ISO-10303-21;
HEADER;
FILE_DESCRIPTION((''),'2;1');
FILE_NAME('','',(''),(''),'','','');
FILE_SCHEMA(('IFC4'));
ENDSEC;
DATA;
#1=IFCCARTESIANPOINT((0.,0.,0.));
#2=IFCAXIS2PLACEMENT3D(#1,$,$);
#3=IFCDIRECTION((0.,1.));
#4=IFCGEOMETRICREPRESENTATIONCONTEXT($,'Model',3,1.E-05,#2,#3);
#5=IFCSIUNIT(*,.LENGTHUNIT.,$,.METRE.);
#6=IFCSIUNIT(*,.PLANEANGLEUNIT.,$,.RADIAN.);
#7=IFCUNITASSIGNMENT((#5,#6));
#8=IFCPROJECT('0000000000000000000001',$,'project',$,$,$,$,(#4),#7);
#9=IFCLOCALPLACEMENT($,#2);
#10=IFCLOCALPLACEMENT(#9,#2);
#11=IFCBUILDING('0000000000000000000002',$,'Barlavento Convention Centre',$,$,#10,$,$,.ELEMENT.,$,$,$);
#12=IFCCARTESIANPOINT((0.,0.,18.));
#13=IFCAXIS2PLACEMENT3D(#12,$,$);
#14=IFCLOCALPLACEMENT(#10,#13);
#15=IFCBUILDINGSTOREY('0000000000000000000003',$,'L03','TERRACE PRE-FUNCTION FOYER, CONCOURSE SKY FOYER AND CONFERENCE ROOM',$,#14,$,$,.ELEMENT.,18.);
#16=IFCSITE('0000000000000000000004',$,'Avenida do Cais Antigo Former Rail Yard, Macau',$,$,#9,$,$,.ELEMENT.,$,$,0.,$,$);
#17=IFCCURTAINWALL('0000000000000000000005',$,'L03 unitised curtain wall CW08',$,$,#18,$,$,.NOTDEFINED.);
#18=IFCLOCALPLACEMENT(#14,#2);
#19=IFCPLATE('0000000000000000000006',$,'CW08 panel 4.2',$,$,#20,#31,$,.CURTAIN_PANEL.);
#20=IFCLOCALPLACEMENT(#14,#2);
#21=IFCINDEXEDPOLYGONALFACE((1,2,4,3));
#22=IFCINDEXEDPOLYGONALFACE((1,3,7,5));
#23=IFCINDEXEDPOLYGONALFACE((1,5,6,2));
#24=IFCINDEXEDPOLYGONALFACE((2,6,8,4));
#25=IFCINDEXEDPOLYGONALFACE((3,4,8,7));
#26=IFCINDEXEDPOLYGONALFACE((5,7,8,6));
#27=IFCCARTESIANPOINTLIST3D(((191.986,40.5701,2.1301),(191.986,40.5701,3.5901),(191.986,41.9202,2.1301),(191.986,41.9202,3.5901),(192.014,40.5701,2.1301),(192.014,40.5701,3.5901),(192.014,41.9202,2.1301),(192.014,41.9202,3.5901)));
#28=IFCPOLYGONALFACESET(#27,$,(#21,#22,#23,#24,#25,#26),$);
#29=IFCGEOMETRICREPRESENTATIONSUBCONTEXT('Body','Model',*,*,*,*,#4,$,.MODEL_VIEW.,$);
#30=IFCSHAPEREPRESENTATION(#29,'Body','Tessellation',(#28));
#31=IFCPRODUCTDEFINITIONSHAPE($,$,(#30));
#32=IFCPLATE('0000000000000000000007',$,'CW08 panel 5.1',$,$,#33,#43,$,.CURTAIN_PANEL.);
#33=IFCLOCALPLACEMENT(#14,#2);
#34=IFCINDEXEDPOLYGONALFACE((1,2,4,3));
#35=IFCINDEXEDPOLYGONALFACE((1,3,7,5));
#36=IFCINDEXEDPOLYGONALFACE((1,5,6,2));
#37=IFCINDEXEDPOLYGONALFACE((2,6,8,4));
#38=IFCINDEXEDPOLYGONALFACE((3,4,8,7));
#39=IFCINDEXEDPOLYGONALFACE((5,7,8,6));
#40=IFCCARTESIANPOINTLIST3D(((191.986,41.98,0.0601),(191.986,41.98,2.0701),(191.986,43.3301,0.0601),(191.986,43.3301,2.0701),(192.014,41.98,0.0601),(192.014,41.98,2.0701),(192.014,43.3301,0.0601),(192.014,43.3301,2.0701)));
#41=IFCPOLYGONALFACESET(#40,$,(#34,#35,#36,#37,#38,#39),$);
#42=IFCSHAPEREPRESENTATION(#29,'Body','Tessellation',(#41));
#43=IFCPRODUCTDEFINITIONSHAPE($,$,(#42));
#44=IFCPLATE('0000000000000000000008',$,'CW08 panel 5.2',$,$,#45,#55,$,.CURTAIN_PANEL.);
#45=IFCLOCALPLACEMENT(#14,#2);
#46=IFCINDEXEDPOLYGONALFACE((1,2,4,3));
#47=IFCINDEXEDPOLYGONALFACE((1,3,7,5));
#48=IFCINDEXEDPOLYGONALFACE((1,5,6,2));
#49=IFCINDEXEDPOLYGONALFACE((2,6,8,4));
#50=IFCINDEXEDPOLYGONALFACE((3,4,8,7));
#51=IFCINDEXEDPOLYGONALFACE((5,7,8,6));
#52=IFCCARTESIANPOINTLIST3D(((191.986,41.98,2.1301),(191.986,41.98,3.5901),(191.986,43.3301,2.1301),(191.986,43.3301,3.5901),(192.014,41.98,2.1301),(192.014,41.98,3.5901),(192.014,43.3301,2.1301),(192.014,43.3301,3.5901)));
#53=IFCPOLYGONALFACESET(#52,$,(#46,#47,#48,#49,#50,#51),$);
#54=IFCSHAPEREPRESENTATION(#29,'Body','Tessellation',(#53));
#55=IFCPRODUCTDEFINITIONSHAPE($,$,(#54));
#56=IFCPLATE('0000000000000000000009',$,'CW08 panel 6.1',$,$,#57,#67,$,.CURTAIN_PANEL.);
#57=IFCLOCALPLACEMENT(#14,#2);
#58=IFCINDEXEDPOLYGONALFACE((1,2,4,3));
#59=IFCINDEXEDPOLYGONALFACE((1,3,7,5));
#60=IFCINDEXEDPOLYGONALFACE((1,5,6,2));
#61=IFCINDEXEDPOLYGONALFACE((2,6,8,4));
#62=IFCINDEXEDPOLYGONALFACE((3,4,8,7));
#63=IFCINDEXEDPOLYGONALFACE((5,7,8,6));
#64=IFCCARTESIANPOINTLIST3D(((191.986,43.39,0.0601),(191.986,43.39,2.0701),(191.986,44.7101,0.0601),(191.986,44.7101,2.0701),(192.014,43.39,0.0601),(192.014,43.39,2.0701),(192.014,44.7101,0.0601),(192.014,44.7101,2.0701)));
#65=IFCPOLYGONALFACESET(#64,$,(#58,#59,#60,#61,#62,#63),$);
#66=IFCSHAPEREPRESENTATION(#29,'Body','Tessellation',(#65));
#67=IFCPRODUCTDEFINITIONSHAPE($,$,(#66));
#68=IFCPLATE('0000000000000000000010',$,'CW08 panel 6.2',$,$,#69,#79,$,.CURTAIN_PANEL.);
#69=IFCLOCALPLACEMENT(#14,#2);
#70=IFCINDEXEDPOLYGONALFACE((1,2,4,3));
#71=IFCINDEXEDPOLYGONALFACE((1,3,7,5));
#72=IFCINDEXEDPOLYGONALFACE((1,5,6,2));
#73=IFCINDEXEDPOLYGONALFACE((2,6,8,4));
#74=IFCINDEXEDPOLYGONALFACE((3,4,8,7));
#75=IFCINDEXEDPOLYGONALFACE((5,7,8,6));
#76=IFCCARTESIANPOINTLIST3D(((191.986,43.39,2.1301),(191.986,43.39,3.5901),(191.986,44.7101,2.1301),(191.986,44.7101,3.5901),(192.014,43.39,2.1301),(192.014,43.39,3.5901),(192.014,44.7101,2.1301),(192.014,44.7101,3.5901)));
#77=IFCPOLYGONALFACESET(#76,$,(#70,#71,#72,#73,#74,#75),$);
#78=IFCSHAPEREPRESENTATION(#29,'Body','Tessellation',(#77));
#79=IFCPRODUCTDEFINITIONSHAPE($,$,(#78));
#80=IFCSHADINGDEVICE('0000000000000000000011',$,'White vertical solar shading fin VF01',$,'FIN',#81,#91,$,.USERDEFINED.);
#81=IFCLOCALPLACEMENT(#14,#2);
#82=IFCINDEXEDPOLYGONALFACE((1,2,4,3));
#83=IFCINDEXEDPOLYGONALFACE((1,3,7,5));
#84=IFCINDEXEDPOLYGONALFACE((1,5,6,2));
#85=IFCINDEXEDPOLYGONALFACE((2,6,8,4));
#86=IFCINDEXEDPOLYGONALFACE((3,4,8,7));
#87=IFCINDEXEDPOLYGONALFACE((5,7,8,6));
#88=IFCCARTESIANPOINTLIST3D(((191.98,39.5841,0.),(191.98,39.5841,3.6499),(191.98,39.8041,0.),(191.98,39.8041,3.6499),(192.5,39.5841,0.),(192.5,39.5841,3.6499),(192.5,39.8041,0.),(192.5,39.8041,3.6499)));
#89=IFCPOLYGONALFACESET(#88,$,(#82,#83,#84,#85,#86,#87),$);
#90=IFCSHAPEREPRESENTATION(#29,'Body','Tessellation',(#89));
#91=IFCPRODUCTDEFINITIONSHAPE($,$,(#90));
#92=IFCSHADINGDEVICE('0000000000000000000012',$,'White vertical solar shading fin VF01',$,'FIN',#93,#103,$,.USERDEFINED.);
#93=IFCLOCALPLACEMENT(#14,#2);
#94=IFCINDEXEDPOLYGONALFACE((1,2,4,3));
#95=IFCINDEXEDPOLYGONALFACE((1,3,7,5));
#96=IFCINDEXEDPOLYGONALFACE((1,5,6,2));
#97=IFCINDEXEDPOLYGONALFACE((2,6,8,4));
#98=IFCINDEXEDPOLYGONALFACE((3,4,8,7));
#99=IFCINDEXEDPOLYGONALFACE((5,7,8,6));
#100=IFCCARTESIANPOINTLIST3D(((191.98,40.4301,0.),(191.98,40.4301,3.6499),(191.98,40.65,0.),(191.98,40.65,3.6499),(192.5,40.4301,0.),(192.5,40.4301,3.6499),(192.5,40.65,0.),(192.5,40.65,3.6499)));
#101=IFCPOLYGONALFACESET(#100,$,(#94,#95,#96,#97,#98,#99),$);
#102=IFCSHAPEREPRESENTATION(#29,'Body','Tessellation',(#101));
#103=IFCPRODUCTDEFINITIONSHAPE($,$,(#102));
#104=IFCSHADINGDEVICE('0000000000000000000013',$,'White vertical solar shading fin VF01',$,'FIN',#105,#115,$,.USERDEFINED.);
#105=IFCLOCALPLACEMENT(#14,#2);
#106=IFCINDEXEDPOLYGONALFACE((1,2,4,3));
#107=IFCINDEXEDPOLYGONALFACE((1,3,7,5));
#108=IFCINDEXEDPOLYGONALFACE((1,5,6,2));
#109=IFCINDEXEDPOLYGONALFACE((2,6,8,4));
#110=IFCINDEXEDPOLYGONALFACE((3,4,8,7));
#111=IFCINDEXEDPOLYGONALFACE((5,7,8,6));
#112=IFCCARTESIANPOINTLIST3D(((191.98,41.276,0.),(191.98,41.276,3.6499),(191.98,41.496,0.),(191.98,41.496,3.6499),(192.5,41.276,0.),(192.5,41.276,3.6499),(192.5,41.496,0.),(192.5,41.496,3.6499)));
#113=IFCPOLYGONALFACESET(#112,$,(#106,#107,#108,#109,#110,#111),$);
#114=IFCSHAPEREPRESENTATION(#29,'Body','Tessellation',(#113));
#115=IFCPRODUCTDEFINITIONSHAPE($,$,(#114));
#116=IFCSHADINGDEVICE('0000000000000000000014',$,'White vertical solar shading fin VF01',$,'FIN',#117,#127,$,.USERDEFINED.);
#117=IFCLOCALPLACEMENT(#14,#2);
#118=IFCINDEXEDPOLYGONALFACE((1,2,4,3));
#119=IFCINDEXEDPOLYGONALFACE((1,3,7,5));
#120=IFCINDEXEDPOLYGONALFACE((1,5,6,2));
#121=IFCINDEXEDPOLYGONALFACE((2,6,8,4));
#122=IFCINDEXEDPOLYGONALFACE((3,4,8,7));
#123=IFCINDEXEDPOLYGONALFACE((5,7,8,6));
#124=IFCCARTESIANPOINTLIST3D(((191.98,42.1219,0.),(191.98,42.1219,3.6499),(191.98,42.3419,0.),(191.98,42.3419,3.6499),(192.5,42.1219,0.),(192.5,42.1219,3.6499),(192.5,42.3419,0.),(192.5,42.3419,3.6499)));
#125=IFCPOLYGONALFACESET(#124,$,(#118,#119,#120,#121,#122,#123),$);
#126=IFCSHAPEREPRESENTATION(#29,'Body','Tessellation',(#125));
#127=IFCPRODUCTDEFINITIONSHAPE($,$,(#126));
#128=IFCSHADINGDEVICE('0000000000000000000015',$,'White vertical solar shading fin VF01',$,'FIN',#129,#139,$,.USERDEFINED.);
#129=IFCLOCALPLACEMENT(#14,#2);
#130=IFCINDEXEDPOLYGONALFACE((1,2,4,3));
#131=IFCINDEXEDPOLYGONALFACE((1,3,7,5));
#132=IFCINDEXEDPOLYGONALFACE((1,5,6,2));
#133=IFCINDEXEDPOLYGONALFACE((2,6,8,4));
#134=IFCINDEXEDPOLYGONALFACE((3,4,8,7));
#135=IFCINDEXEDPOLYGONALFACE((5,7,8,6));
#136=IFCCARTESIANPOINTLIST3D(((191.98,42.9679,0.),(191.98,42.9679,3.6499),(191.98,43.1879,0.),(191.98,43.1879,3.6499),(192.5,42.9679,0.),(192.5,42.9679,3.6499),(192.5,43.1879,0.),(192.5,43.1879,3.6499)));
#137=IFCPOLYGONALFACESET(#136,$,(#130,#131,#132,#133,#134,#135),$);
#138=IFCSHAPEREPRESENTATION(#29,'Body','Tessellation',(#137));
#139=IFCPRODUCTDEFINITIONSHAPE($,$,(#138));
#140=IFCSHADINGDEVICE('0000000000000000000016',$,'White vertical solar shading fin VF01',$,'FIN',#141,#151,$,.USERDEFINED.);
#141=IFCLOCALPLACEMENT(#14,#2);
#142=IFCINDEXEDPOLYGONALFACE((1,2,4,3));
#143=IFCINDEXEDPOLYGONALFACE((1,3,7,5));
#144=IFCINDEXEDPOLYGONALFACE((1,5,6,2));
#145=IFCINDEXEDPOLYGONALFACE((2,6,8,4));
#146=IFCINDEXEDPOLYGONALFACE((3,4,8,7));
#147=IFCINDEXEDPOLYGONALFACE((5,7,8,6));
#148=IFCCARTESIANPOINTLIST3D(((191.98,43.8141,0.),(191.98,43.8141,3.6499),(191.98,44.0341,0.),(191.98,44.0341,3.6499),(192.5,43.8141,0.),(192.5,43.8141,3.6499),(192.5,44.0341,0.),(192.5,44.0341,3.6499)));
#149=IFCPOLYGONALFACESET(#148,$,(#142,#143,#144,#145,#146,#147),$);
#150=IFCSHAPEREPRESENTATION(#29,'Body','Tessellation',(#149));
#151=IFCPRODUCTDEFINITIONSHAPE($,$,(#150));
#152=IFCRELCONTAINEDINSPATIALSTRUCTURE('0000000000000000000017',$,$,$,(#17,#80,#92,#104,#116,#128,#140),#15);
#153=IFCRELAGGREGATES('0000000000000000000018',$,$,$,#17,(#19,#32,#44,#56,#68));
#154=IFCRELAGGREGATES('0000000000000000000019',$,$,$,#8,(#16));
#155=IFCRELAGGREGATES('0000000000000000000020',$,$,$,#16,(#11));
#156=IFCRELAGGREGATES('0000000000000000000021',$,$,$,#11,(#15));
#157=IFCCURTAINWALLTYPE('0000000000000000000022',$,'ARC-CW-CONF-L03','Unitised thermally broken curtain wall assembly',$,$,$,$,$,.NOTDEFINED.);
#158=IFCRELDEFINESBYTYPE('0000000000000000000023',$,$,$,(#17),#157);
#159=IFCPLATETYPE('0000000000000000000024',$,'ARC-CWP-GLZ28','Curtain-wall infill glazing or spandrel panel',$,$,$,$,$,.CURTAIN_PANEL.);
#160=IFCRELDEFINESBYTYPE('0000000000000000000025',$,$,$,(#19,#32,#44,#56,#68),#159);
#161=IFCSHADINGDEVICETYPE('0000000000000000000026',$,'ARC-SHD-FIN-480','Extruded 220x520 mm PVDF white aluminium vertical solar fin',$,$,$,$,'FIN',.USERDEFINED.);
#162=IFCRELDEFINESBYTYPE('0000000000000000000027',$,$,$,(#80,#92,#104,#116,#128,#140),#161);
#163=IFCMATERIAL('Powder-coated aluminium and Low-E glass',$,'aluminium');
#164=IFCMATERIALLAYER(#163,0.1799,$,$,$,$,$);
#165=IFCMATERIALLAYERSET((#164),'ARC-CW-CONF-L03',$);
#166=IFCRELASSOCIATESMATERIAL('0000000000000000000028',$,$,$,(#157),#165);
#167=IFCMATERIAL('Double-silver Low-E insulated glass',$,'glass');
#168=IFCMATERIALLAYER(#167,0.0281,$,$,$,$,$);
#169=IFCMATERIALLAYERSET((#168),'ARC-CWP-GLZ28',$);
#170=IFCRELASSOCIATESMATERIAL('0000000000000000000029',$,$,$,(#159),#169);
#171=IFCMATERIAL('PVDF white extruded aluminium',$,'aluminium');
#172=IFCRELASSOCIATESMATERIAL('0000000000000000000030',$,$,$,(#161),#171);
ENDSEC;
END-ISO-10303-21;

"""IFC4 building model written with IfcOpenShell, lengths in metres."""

from ifc_helpers import new_model, si_unit, direction, frame, origin, origin_2d, place, context, subcontext, project, spatial, rectangle, extrude, material, layer, layer_set, type_object, element, aggregate, save


model = new_model("IFC4")

# Units and contexts
model_context = context("Model", 3, precision=1e-05, world=origin(), true_north=direction((0.0, 1.0)))
body_context = subcontext(model_context, "Body", "Model", "MODEL_VIEW")
ifc_project = project(units=[si_unit("LENGTHUNIT", "METRE"), si_unit("PLANEANGLEUNIT", "RADIAN")], contexts=[model_context])

# Site, building, storey
site_placement = place(None, origin())
site = spatial("IfcSite", under=ifc_project, at=site_placement, Name="Avenida do Cais Antigo Former Rail Yard, Macau", CompositionType="ELEMENT", RefElevation=0.0)
building_placement = place(site_placement, origin())
building = spatial("IfcBuilding", under=site, at=building_placement, Name="Barlavento Convention Centre", CompositionType="ELEMENT")
storey_placement = place(building_placement, frame((0.0, 0.0, 18.0)))
storey = spatial("IfcBuildingStorey", under=building, at=storey_placement, Name="L03", Description="TERRACE PRE-FUNCTION FOYER, CONCOURSE SKY FOYER AND CONFERENCE ROOM", CompositionType="ELEMENT", Elevation=18.0)

# Curtain wall, plates
ifc_material_1 = material(Name="Powder-coated aluminium and Low-E glass", Category="aluminium")
ifc_layer_1 = layer(ifc_material_1, 0.1799)
ifc_layer_set_1 = layer_set([ifc_layer_1], Name="ARC-CW-CONF-L03")
curtain_wall_type = type_object("IfcCurtainWallType", Name="ARC-CW-CONF-L03", Description="Unitised thermally broken curtain wall assembly", PredefinedType="NOTDEFINED", material=ifc_layer_set_1)
curtain_wall_placement = place(storey_placement, origin())
curtain_wall = element("IfcCurtainWall", 1, at=curtain_wall_placement, inside=storey, type_object=curtain_wall_type, Name="L03 unitised curtain wall CW08", PredefinedType="NOTDEFINED")
ifc_material_2 = material(Name="Double-silver Low-E insulated glass", Category="glass")
ifc_layer_2 = layer(ifc_material_2, 0.0281)
ifc_layer_set_2 = layer_set([ifc_layer_2], Name="ARC-CWP-GLZ28")
plate_type = type_object("IfcPlateType", Name="ARC-CWP-GLZ28", Description="Curtain-wall infill glazing or spandrel panel", PredefinedType="CURTAIN_PANEL", material=ifc_layer_set_2)
plate_1_placement = place(storey_placement, frame((192.0, 41.2451, 2.1301), z_axis=(0.0, 0.0, 1.0), x_axis=(0.0, 1.0, 0.0)))
plate_1 = element("IfcPlate", 2, at=plate_1_placement, type_object=plate_type, Name="CW08 panel 4.2", PredefinedType="CURTAIN_PANEL", context=body_context, shape_type="SweptSolid", body=[
    extrude(rectangle(XDim=1.3501, YDim=0.0281, at=origin_2d()), origin(), (0.0, 0.0, 1.0), 1.46),
])
plate_2_placement = place(storey_placement, frame((192.0, 42.655, 0.0601), z_axis=(0.0, 0.0, 1.0), x_axis=(0.0, 1.0, 0.0)))
plate_2 = element("IfcPlate", 3, at=plate_2_placement, type_object=plate_type, Name="CW08 panel 5.1", PredefinedType="CURTAIN_PANEL", context=body_context, shape_type="SweptSolid", body=[
    extrude(rectangle(XDim=1.3501, YDim=0.0281, at=origin_2d()), origin(), (0.0, 0.0, 1.0), 2.01),
])
plate_3_placement = place(storey_placement, frame((192.0, 42.655, 2.1301), z_axis=(0.0, 0.0, 1.0), x_axis=(0.0, 1.0, 0.0)))
plate_3 = element("IfcPlate", 4, at=plate_3_placement, type_object=plate_type, Name="CW08 panel 5.2", PredefinedType="CURTAIN_PANEL", context=body_context, shape_type="SweptSolid", body=[
    extrude(rectangle(XDim=1.3501, YDim=0.0281, at=origin_2d()), origin(), (0.0, 0.0, 1.0), 1.46),
])
plate_4_placement = place(storey_placement, frame((192.0, 44.05, 0.0601), z_axis=(0.0, 0.0, 1.0), x_axis=(0.0, 1.0, 0.0)))
plate_4 = element("IfcPlate", 5, at=plate_4_placement, type_object=plate_type, Name="CW08 panel 6.1", PredefinedType="CURTAIN_PANEL", context=body_context, shape_type="SweptSolid", body=[
    extrude(rectangle(XDim=1.3201, YDim=0.0281, at=origin_2d()), origin(), (0.0, 0.0, 1.0), 2.01),
])
plate_5_placement = place(storey_placement, frame((192.0, 44.05, 2.1301), z_axis=(0.0, 0.0, 1.0), x_axis=(0.0, 1.0, 0.0)))
plate_5 = element("IfcPlate", 6, at=plate_5_placement, type_object=plate_type, Name="CW08 panel 6.2", PredefinedType="CURTAIN_PANEL", context=body_context, shape_type="SweptSolid", body=[
    extrude(rectangle(XDim=1.3201, YDim=0.0281, at=origin_2d()), origin(), (0.0, 0.0, 1.0), 1.46),
])
aggregate(curtain_wall, [plate_1, plate_2, plate_3, plate_4, plate_5])

# Shading devices
ifc_material_3 = material(Name="PVDF white extruded aluminium", Category="aluminium")
shading_device_type = type_object("IfcShadingDeviceType", Name="ARC-SHD-FIN-480", Description="Extruded 220x520 mm PVDF white aluminium vertical solar fin", ElementType="FIN", PredefinedType="USERDEFINED", material=ifc_material_3)
for number, where, z_axis, x_axis, name in (
    (7, (192.24, 39.6941, 0.0), (0.0, 0.0, 1.0), (0.0, 1.0, 0.0), "White vertical solar shading fin VF01"),
    (8, (192.24, 40.54, 0.0), (0.0, 0.0, 1.0), (0.0, 1.0, 0.0), "White vertical solar shading fin VF01"),
    (9, (192.24, 41.386, 0.0), (0.0, 0.0, 1.0), (0.0, 1.0, 0.0), "White vertical solar shading fin VF01"),
    (10, (192.24, 42.2319, 0.0), (0.0, 0.0, 1.0), (0.0, 1.0, 0.0), "White vertical solar shading fin VF01"),
    (11, (192.24, 43.0779, 0.0), (0.0, 0.0, 1.0), (0.0, 1.0, 0.0), "White vertical solar shading fin VF01"),
    (12, (192.24, 43.9241, 0.0), (0.0, 0.0, 1.0), (0.0, 1.0, 0.0), "White vertical solar shading fin VF01"),
):
    element("IfcShadingDevice", number, at=place(storey_placement, frame(where, z_axis=z_axis, x_axis=x_axis)), inside=storey, type_object=shading_device_type, Name=name, ObjectType="FIN", PredefinedType="USERDEFINED", context=body_context, shape_type="SweptSolid", body=[
        extrude(rectangle(XDim=0.22, YDim=0.52, at=origin_2d()), origin(), (0.0, 0.0, 1.0), 3.6499),
    ])

save(model, "model.ifc")
